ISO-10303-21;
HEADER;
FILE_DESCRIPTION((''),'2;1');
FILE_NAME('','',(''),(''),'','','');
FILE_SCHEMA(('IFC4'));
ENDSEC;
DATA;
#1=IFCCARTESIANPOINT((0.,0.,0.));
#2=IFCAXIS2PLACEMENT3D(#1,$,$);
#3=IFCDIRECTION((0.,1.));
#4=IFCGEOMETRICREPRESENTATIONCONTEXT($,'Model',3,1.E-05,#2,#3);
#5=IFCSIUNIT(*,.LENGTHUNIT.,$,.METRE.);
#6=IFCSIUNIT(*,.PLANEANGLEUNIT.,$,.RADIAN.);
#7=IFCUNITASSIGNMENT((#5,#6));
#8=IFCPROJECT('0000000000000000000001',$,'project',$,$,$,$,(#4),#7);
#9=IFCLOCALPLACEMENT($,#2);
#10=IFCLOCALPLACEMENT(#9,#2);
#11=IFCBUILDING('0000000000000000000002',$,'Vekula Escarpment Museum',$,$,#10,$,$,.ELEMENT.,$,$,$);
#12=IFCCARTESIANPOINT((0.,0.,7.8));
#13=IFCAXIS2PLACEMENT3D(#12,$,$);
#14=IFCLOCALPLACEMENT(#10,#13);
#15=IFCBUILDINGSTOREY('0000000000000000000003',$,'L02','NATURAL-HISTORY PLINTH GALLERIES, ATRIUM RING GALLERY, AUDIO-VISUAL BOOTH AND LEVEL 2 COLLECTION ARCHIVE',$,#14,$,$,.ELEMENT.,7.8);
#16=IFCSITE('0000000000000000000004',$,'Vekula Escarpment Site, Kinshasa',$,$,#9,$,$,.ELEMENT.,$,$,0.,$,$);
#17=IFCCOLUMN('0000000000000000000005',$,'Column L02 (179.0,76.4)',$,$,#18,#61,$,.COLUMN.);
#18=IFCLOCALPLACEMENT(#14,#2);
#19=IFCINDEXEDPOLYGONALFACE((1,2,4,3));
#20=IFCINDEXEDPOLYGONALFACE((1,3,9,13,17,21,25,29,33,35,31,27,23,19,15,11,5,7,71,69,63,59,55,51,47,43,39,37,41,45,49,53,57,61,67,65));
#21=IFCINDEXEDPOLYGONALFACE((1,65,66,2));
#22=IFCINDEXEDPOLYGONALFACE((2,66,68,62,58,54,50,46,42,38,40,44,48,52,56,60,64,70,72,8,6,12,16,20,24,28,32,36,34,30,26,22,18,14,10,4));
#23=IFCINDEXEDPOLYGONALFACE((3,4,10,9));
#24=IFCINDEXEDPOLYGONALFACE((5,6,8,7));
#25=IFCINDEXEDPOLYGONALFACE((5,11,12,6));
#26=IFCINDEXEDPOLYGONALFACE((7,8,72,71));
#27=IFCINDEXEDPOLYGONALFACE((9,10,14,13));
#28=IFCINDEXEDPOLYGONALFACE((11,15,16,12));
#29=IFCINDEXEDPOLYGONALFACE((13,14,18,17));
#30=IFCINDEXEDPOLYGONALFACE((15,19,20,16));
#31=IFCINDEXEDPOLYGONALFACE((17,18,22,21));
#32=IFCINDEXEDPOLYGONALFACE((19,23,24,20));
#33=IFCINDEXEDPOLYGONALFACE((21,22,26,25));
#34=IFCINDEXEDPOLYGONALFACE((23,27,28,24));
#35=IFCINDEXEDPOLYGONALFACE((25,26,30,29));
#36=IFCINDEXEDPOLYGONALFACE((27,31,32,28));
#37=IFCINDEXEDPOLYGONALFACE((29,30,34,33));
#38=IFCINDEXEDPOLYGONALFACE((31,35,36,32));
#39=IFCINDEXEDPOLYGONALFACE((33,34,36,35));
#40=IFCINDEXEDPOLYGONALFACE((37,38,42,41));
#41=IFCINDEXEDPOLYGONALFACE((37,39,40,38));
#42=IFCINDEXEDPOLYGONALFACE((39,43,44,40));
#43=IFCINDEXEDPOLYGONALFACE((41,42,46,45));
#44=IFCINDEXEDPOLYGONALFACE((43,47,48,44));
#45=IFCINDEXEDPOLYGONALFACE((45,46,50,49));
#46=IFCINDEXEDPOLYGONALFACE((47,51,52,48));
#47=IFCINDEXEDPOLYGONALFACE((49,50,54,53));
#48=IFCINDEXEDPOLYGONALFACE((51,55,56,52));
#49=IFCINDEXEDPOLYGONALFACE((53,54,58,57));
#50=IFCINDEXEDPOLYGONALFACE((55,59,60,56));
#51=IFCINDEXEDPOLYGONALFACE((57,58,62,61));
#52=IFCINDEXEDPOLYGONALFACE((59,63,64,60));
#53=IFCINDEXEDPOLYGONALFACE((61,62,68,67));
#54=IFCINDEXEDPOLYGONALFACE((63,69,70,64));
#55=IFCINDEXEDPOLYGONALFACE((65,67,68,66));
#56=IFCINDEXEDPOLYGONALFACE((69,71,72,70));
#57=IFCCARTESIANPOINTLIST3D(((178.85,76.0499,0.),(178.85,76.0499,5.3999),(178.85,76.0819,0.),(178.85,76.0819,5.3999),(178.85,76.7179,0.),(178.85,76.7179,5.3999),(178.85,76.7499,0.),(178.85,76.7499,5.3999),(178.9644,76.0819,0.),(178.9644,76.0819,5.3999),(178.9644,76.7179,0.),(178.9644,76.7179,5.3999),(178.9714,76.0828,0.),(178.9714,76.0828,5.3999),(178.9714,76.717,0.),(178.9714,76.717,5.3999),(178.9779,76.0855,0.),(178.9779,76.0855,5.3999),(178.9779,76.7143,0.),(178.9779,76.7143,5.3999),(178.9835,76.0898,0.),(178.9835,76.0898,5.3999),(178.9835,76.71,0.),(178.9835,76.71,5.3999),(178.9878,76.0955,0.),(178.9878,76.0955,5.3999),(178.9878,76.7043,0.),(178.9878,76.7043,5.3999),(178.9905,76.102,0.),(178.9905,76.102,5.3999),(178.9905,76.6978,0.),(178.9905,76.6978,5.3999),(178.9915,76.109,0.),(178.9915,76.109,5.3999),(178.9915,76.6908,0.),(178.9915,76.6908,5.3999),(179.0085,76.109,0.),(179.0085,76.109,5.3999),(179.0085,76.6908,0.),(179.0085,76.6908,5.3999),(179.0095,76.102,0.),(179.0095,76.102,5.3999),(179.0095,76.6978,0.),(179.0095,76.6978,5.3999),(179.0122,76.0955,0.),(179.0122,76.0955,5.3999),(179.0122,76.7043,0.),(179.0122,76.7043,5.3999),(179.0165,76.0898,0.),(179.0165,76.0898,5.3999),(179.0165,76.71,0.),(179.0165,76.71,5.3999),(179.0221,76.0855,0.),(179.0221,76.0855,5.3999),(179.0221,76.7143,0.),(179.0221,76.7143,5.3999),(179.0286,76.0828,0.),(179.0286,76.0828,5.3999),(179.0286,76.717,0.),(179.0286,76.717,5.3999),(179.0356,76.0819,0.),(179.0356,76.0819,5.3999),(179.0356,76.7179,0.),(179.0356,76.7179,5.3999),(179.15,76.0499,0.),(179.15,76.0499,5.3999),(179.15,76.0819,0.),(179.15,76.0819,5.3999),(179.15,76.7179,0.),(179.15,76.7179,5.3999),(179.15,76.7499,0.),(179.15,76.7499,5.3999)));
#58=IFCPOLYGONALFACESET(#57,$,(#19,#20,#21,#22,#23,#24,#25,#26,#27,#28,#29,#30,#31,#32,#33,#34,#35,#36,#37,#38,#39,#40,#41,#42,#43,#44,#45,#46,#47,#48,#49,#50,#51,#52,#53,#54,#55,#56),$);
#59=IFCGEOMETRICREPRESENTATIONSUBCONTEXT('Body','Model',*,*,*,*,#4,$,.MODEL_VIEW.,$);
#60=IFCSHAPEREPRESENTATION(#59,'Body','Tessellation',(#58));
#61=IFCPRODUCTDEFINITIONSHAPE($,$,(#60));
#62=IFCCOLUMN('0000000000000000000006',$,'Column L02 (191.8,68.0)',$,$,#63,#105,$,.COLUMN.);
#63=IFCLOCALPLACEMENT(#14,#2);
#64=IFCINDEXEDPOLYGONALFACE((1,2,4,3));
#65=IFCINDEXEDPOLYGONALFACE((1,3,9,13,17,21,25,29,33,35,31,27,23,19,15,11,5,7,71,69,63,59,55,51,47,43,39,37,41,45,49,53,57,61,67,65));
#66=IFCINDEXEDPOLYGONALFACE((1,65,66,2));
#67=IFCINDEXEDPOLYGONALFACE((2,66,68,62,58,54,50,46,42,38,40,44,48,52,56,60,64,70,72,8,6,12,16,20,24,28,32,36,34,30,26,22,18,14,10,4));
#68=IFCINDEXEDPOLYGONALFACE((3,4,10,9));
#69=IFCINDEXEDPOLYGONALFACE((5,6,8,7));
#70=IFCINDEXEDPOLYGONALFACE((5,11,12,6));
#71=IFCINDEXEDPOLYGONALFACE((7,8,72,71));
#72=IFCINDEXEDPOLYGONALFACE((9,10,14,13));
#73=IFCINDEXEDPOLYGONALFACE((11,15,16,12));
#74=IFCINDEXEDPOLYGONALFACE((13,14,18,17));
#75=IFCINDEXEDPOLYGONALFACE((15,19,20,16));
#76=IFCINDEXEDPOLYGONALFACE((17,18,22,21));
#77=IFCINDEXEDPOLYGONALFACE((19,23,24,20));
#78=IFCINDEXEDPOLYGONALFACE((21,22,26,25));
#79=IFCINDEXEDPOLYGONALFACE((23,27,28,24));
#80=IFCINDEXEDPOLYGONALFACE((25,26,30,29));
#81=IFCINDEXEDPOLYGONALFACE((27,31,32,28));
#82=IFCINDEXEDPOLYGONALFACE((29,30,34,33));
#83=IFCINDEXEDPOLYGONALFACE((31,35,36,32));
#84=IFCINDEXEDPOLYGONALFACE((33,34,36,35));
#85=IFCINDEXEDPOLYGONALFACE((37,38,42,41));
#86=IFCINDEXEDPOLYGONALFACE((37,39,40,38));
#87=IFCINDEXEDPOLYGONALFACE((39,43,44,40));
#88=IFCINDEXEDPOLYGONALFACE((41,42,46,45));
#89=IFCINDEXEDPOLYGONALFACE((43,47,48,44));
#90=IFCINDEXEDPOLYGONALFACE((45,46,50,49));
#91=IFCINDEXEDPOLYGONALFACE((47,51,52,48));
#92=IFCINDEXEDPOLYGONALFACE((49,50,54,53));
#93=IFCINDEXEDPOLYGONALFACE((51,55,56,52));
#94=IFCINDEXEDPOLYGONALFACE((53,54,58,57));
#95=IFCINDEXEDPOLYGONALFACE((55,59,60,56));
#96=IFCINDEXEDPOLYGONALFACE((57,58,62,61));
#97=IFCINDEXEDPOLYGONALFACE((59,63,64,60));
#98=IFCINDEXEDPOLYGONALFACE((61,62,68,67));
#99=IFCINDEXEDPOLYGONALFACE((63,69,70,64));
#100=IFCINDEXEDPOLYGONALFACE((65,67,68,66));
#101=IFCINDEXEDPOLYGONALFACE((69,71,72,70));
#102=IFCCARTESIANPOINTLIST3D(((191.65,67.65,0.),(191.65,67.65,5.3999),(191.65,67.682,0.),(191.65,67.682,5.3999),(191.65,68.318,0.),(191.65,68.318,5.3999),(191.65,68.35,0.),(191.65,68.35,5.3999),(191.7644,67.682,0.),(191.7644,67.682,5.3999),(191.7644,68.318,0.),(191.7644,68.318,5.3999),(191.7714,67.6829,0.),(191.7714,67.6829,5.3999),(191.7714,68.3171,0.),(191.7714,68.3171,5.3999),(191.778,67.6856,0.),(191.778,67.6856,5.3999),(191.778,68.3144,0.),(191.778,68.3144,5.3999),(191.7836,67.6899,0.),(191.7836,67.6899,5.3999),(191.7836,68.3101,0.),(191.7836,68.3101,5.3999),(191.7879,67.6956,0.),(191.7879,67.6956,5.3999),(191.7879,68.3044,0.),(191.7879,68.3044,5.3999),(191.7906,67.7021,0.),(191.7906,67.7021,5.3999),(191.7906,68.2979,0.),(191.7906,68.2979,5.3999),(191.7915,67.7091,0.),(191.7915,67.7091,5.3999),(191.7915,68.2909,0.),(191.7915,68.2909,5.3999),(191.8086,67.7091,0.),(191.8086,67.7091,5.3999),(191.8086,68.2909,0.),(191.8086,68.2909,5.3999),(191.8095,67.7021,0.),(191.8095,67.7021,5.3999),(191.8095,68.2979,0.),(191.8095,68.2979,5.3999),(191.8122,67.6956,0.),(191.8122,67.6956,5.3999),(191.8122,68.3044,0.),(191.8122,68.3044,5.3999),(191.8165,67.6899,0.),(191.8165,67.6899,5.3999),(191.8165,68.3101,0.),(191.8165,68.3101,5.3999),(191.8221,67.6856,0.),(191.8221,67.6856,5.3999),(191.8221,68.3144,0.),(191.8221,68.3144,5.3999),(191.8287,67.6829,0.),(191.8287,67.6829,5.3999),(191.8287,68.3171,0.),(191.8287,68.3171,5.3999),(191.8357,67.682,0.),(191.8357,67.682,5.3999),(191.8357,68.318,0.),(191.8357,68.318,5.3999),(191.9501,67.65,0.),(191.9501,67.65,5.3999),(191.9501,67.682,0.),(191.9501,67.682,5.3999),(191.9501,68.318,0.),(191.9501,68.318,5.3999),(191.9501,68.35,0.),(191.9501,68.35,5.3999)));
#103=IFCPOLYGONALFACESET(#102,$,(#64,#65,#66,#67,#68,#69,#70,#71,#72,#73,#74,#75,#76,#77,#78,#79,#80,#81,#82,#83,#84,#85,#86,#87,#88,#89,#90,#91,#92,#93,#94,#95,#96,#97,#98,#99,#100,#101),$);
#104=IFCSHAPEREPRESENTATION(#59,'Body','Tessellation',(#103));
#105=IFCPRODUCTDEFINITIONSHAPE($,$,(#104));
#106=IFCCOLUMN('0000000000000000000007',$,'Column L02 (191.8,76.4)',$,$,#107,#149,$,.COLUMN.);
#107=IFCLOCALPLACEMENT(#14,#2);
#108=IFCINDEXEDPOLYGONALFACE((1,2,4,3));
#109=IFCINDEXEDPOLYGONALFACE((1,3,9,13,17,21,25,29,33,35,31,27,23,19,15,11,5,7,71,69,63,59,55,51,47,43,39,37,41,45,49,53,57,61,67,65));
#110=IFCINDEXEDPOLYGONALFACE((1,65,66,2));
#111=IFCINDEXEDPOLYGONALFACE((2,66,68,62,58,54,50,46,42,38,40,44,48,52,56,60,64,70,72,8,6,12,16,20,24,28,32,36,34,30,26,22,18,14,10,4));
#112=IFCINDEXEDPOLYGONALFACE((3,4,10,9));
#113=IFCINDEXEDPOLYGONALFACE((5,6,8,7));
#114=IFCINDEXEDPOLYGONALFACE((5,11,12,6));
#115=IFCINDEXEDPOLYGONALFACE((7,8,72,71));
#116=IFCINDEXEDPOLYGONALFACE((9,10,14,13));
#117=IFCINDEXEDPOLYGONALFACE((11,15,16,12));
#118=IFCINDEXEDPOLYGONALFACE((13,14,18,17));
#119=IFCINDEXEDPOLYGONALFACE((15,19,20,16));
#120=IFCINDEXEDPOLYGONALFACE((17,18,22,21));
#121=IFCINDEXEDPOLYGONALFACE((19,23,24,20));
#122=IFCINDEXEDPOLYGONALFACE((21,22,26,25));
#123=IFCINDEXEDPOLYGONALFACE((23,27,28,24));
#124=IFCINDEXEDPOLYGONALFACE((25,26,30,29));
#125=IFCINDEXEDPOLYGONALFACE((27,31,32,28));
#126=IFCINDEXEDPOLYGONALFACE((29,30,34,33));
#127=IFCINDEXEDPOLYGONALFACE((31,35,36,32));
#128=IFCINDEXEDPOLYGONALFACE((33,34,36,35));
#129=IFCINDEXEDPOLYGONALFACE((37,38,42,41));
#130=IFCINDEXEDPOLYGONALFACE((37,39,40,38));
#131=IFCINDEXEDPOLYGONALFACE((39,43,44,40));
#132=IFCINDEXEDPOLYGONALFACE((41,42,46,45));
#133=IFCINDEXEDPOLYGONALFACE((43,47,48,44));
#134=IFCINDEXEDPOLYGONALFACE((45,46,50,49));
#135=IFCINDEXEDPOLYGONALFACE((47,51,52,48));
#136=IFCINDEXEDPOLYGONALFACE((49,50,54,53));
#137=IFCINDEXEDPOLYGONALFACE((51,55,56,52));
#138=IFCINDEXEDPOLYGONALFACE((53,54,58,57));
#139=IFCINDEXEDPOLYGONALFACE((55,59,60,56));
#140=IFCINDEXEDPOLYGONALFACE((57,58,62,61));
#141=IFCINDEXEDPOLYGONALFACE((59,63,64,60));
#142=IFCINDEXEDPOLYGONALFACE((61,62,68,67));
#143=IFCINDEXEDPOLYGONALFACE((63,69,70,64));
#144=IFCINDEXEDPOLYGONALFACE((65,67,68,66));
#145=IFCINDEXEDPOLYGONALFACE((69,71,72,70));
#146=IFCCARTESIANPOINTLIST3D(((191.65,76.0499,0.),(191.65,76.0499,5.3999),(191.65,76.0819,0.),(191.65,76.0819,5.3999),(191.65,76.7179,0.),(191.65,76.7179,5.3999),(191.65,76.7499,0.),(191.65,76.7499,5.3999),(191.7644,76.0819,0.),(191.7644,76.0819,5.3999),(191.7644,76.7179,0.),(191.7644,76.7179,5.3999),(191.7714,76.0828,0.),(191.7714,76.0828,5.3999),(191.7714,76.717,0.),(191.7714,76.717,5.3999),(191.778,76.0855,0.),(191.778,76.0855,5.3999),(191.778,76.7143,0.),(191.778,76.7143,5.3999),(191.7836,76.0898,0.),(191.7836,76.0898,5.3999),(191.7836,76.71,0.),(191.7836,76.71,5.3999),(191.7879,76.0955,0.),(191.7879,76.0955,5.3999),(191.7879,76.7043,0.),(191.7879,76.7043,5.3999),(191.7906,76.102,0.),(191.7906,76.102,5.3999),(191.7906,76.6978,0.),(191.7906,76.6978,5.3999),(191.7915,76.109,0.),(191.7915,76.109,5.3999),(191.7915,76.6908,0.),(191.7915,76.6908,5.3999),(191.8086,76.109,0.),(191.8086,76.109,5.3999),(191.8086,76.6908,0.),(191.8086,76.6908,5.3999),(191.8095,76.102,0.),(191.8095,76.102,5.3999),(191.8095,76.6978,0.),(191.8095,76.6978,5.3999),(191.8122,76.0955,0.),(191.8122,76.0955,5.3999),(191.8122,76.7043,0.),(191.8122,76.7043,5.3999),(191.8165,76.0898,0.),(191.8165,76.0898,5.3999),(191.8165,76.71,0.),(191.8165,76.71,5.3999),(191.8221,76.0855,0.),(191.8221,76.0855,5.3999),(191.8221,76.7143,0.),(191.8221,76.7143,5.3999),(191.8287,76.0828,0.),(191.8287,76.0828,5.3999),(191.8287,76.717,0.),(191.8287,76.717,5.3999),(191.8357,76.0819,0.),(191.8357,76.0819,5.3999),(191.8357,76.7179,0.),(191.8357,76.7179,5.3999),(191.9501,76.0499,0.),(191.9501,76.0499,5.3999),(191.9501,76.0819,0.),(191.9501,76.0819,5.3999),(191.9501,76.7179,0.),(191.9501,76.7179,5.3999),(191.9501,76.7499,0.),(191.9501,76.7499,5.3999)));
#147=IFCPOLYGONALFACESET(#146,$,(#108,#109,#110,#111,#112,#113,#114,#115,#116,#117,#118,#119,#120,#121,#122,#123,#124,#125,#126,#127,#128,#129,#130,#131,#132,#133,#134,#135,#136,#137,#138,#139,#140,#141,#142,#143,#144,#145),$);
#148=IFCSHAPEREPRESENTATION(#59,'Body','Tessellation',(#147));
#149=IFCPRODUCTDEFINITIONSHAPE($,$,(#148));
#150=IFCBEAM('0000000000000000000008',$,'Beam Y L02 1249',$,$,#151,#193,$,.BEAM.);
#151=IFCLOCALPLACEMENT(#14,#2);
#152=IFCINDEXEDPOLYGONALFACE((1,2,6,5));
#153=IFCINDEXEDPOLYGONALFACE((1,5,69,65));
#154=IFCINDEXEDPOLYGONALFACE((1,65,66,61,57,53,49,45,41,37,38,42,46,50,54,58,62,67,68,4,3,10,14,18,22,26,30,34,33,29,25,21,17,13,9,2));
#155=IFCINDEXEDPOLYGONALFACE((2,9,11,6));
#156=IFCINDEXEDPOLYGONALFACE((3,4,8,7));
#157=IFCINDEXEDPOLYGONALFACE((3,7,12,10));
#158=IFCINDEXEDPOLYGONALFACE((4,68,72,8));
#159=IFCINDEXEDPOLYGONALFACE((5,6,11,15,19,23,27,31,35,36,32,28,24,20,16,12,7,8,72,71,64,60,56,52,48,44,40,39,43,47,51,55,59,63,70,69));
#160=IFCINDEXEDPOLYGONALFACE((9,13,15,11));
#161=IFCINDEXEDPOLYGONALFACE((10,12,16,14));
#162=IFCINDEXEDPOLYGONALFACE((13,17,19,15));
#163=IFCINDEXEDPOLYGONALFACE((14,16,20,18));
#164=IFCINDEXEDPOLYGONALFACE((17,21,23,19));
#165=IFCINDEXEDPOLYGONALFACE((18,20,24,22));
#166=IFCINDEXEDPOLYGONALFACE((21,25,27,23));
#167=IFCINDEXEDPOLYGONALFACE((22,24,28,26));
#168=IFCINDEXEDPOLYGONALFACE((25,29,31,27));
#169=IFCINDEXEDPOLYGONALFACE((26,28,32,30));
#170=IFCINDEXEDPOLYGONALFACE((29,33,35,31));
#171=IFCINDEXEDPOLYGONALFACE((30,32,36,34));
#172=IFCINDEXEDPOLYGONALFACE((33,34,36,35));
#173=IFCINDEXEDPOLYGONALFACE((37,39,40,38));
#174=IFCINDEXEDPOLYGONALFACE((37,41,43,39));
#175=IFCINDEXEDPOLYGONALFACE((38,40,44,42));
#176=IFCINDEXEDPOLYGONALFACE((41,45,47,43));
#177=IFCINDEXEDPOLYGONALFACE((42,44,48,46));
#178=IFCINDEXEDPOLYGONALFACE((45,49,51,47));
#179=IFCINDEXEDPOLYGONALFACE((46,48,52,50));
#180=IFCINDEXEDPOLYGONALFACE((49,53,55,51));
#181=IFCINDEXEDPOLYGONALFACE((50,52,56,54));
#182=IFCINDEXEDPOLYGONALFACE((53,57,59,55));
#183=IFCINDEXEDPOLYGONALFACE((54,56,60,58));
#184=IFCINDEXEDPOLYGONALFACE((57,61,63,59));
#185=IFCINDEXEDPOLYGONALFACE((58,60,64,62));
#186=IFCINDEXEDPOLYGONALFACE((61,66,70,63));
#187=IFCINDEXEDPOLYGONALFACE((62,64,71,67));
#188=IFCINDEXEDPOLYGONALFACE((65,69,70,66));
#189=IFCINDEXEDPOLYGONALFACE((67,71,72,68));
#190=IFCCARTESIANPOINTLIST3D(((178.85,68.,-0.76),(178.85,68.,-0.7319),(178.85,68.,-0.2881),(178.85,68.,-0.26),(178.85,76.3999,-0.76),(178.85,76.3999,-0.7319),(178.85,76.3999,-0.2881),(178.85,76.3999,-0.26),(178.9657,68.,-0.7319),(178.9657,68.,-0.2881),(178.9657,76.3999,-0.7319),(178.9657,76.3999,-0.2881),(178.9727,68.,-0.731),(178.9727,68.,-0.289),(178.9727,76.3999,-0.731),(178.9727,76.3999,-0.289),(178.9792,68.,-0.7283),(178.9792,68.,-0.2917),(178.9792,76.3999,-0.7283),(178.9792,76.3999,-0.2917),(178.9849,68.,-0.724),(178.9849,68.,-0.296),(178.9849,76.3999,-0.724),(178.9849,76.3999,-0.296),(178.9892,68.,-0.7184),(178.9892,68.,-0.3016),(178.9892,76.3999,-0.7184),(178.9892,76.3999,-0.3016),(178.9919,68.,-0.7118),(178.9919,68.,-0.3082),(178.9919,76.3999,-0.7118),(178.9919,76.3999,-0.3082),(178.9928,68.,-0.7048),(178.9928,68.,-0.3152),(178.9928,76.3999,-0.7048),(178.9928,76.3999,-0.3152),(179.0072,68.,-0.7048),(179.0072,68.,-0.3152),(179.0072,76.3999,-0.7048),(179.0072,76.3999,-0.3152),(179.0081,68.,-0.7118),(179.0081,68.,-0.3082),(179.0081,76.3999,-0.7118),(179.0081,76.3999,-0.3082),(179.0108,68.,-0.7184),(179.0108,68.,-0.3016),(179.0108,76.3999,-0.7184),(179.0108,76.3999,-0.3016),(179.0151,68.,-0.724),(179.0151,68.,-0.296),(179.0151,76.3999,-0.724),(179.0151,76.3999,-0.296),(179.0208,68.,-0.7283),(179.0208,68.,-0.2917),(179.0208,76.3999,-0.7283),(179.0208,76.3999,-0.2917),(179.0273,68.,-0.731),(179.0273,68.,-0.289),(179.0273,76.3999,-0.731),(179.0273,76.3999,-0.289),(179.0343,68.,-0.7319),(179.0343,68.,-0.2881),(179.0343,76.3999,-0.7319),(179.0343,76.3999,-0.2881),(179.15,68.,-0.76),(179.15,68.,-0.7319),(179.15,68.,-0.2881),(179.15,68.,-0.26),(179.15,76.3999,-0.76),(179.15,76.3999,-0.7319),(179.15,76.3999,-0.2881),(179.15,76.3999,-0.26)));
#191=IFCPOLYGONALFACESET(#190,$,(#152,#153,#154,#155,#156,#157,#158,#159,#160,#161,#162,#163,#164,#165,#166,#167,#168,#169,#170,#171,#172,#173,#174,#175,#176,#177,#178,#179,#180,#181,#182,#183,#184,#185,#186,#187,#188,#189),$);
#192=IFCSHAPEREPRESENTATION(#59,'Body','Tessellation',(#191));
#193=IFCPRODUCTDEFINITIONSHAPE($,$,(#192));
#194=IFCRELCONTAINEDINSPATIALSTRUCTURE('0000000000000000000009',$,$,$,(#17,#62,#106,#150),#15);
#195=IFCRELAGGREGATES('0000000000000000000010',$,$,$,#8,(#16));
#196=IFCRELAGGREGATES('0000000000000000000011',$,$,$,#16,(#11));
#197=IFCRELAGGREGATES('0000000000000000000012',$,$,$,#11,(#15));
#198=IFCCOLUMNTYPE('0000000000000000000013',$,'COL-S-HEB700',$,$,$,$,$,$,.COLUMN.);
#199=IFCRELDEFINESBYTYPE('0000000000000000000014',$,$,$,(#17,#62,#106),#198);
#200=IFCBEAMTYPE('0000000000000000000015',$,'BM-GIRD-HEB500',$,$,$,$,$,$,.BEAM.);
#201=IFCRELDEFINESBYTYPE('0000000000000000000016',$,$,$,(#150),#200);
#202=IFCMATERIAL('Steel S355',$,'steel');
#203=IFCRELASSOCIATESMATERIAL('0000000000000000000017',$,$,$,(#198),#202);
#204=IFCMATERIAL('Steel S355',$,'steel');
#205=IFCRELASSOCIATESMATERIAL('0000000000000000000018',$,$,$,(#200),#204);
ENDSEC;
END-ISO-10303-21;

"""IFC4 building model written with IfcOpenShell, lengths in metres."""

from ifc_helpers import new_model, si_unit, direction, frame, origin, origin_2d, place, context, subcontext, project, spatial, i_section, extrude, material, material_profile, profile_set, type_object, element, save


model = new_model("IFC4")

# Units and contexts
model_context = context("Model", 3, precision=1e-05, world=origin(), true_north=direction((0.0, 1.0)))
body_context = subcontext(model_context, "Body", "Model", "MODEL_VIEW")
ifc_project = project(units=[si_unit("LENGTHUNIT", "METRE"), si_unit("PLANEANGLEUNIT", "RADIAN")], contexts=[model_context])

# Site, building, storey
site_placement = place(None, origin())
site = spatial("IfcSite", under=ifc_project, at=site_placement, Name="Vekula Escarpment Site, Kinshasa", CompositionType="ELEMENT", RefElevation=0.0)
building_placement = place(site_placement, origin())
building = spatial("IfcBuilding", under=site, at=building_placement, Name="Vekula Escarpment Museum", CompositionType="ELEMENT")
storey_placement = place(building_placement, frame((0.0, 0.0, 7.8)))
storey = spatial("IfcBuildingStorey", under=building, at=storey_placement, Name="L02", Description="NATURAL-HISTORY PLINTH GALLERIES, ATRIUM RING GALLERY, AUDIO-VISUAL BOOTH AND LEVEL 2 COLLECTION ARCHIVE", CompositionType="ELEMENT", Elevation=7.8)

# Columns
ifc_material_1 = material(Name="Steel S355", Category="steel")
ifc_material_profile_1 = material_profile(ifc_material_1, i_section(OverallWidth=0.3, OverallDepth=0.7, WebThickness=0.0171, FlangeThickness=0.032, FilletRadius=0.0271, at=origin_2d()), Name="HEB 700")
ifc_profile_set_1 = profile_set([ifc_material_profile_1], Name="Steel S355")
column_type = type_object("IfcColumnType", Name="COL-S-HEB700", PredefinedType="COLUMN", material=ifc_profile_set_1)
for number, where, z_axis, x_axis, name in (
    (1, (179.0, 76.3999, 0.0), (0.0, 0.0, 1.0), (1.0, 0.0, 0.0), "Column L02 (179.0,76.4)"),
    (2, (191.8, 68.0, 0.0), (0.0, 0.0, 1.0), (1.0, 0.0, 0.0), "Column L02 (191.8,68.0)"),
    (3, (191.8, 76.3999, 0.0), (0.0, 0.0, 1.0), (1.0, 0.0, 0.0), "Column L02 (191.8,76.4)"),
):
    element("IfcColumn", number, at=place(storey_placement, frame(where, z_axis=z_axis, x_axis=x_axis)), inside=storey, type_object=column_type, Name=name, PredefinedType="COLUMN", context=body_context, shape_type="SweptSolid", body=[
        extrude(i_section(OverallWidth=0.3, OverallDepth=0.7, WebThickness=0.0171, FlangeThickness=0.032, FilletRadius=0.0271, at=origin_2d()), origin(), (0.0, 0.0, 1.0), 5.3999),
    ])

# Beam
ifc_material_2 = material(Name="Steel S355", Category="steel")
ifc_material_profile_2 = material_profile(ifc_material_2, i_section(OverallWidth=0.3, OverallDepth=0.5, WebThickness=0.0144, FlangeThickness=0.0281, FilletRadius=0.0271, at=origin_2d()), Name="HEB 500")
ifc_profile_set_2 = profile_set([ifc_material_profile_2], Name="Steel S355")
beam_type_1 = type_object("IfcBeamType", Name="BM-GIRD-HEB500", PredefinedType="BEAM", material=ifc_profile_set_2)
beam_1_placement = place(storey_placement, frame((179.0, 68.0, -0.51), z_axis=(0.0, 1.0, 0.0), x_axis=(-1.0, 0.0, 0.0)))
element("IfcBeam", 4, at=beam_1_placement, inside=storey, type_object=beam_type_1, Name="Beam Y L02 1249", PredefinedType="BEAM", context=body_context, shape_type="SweptSolid", body=[
    extrude(i_section(OverallWidth=0.3, OverallDepth=0.5, WebThickness=0.0144, FlangeThickness=0.0281, FilletRadius=0.0271, at=origin_2d()), origin(), (0.0, 0.0, 1.0), 8.3999),
])

save(model, "model.ifc")
